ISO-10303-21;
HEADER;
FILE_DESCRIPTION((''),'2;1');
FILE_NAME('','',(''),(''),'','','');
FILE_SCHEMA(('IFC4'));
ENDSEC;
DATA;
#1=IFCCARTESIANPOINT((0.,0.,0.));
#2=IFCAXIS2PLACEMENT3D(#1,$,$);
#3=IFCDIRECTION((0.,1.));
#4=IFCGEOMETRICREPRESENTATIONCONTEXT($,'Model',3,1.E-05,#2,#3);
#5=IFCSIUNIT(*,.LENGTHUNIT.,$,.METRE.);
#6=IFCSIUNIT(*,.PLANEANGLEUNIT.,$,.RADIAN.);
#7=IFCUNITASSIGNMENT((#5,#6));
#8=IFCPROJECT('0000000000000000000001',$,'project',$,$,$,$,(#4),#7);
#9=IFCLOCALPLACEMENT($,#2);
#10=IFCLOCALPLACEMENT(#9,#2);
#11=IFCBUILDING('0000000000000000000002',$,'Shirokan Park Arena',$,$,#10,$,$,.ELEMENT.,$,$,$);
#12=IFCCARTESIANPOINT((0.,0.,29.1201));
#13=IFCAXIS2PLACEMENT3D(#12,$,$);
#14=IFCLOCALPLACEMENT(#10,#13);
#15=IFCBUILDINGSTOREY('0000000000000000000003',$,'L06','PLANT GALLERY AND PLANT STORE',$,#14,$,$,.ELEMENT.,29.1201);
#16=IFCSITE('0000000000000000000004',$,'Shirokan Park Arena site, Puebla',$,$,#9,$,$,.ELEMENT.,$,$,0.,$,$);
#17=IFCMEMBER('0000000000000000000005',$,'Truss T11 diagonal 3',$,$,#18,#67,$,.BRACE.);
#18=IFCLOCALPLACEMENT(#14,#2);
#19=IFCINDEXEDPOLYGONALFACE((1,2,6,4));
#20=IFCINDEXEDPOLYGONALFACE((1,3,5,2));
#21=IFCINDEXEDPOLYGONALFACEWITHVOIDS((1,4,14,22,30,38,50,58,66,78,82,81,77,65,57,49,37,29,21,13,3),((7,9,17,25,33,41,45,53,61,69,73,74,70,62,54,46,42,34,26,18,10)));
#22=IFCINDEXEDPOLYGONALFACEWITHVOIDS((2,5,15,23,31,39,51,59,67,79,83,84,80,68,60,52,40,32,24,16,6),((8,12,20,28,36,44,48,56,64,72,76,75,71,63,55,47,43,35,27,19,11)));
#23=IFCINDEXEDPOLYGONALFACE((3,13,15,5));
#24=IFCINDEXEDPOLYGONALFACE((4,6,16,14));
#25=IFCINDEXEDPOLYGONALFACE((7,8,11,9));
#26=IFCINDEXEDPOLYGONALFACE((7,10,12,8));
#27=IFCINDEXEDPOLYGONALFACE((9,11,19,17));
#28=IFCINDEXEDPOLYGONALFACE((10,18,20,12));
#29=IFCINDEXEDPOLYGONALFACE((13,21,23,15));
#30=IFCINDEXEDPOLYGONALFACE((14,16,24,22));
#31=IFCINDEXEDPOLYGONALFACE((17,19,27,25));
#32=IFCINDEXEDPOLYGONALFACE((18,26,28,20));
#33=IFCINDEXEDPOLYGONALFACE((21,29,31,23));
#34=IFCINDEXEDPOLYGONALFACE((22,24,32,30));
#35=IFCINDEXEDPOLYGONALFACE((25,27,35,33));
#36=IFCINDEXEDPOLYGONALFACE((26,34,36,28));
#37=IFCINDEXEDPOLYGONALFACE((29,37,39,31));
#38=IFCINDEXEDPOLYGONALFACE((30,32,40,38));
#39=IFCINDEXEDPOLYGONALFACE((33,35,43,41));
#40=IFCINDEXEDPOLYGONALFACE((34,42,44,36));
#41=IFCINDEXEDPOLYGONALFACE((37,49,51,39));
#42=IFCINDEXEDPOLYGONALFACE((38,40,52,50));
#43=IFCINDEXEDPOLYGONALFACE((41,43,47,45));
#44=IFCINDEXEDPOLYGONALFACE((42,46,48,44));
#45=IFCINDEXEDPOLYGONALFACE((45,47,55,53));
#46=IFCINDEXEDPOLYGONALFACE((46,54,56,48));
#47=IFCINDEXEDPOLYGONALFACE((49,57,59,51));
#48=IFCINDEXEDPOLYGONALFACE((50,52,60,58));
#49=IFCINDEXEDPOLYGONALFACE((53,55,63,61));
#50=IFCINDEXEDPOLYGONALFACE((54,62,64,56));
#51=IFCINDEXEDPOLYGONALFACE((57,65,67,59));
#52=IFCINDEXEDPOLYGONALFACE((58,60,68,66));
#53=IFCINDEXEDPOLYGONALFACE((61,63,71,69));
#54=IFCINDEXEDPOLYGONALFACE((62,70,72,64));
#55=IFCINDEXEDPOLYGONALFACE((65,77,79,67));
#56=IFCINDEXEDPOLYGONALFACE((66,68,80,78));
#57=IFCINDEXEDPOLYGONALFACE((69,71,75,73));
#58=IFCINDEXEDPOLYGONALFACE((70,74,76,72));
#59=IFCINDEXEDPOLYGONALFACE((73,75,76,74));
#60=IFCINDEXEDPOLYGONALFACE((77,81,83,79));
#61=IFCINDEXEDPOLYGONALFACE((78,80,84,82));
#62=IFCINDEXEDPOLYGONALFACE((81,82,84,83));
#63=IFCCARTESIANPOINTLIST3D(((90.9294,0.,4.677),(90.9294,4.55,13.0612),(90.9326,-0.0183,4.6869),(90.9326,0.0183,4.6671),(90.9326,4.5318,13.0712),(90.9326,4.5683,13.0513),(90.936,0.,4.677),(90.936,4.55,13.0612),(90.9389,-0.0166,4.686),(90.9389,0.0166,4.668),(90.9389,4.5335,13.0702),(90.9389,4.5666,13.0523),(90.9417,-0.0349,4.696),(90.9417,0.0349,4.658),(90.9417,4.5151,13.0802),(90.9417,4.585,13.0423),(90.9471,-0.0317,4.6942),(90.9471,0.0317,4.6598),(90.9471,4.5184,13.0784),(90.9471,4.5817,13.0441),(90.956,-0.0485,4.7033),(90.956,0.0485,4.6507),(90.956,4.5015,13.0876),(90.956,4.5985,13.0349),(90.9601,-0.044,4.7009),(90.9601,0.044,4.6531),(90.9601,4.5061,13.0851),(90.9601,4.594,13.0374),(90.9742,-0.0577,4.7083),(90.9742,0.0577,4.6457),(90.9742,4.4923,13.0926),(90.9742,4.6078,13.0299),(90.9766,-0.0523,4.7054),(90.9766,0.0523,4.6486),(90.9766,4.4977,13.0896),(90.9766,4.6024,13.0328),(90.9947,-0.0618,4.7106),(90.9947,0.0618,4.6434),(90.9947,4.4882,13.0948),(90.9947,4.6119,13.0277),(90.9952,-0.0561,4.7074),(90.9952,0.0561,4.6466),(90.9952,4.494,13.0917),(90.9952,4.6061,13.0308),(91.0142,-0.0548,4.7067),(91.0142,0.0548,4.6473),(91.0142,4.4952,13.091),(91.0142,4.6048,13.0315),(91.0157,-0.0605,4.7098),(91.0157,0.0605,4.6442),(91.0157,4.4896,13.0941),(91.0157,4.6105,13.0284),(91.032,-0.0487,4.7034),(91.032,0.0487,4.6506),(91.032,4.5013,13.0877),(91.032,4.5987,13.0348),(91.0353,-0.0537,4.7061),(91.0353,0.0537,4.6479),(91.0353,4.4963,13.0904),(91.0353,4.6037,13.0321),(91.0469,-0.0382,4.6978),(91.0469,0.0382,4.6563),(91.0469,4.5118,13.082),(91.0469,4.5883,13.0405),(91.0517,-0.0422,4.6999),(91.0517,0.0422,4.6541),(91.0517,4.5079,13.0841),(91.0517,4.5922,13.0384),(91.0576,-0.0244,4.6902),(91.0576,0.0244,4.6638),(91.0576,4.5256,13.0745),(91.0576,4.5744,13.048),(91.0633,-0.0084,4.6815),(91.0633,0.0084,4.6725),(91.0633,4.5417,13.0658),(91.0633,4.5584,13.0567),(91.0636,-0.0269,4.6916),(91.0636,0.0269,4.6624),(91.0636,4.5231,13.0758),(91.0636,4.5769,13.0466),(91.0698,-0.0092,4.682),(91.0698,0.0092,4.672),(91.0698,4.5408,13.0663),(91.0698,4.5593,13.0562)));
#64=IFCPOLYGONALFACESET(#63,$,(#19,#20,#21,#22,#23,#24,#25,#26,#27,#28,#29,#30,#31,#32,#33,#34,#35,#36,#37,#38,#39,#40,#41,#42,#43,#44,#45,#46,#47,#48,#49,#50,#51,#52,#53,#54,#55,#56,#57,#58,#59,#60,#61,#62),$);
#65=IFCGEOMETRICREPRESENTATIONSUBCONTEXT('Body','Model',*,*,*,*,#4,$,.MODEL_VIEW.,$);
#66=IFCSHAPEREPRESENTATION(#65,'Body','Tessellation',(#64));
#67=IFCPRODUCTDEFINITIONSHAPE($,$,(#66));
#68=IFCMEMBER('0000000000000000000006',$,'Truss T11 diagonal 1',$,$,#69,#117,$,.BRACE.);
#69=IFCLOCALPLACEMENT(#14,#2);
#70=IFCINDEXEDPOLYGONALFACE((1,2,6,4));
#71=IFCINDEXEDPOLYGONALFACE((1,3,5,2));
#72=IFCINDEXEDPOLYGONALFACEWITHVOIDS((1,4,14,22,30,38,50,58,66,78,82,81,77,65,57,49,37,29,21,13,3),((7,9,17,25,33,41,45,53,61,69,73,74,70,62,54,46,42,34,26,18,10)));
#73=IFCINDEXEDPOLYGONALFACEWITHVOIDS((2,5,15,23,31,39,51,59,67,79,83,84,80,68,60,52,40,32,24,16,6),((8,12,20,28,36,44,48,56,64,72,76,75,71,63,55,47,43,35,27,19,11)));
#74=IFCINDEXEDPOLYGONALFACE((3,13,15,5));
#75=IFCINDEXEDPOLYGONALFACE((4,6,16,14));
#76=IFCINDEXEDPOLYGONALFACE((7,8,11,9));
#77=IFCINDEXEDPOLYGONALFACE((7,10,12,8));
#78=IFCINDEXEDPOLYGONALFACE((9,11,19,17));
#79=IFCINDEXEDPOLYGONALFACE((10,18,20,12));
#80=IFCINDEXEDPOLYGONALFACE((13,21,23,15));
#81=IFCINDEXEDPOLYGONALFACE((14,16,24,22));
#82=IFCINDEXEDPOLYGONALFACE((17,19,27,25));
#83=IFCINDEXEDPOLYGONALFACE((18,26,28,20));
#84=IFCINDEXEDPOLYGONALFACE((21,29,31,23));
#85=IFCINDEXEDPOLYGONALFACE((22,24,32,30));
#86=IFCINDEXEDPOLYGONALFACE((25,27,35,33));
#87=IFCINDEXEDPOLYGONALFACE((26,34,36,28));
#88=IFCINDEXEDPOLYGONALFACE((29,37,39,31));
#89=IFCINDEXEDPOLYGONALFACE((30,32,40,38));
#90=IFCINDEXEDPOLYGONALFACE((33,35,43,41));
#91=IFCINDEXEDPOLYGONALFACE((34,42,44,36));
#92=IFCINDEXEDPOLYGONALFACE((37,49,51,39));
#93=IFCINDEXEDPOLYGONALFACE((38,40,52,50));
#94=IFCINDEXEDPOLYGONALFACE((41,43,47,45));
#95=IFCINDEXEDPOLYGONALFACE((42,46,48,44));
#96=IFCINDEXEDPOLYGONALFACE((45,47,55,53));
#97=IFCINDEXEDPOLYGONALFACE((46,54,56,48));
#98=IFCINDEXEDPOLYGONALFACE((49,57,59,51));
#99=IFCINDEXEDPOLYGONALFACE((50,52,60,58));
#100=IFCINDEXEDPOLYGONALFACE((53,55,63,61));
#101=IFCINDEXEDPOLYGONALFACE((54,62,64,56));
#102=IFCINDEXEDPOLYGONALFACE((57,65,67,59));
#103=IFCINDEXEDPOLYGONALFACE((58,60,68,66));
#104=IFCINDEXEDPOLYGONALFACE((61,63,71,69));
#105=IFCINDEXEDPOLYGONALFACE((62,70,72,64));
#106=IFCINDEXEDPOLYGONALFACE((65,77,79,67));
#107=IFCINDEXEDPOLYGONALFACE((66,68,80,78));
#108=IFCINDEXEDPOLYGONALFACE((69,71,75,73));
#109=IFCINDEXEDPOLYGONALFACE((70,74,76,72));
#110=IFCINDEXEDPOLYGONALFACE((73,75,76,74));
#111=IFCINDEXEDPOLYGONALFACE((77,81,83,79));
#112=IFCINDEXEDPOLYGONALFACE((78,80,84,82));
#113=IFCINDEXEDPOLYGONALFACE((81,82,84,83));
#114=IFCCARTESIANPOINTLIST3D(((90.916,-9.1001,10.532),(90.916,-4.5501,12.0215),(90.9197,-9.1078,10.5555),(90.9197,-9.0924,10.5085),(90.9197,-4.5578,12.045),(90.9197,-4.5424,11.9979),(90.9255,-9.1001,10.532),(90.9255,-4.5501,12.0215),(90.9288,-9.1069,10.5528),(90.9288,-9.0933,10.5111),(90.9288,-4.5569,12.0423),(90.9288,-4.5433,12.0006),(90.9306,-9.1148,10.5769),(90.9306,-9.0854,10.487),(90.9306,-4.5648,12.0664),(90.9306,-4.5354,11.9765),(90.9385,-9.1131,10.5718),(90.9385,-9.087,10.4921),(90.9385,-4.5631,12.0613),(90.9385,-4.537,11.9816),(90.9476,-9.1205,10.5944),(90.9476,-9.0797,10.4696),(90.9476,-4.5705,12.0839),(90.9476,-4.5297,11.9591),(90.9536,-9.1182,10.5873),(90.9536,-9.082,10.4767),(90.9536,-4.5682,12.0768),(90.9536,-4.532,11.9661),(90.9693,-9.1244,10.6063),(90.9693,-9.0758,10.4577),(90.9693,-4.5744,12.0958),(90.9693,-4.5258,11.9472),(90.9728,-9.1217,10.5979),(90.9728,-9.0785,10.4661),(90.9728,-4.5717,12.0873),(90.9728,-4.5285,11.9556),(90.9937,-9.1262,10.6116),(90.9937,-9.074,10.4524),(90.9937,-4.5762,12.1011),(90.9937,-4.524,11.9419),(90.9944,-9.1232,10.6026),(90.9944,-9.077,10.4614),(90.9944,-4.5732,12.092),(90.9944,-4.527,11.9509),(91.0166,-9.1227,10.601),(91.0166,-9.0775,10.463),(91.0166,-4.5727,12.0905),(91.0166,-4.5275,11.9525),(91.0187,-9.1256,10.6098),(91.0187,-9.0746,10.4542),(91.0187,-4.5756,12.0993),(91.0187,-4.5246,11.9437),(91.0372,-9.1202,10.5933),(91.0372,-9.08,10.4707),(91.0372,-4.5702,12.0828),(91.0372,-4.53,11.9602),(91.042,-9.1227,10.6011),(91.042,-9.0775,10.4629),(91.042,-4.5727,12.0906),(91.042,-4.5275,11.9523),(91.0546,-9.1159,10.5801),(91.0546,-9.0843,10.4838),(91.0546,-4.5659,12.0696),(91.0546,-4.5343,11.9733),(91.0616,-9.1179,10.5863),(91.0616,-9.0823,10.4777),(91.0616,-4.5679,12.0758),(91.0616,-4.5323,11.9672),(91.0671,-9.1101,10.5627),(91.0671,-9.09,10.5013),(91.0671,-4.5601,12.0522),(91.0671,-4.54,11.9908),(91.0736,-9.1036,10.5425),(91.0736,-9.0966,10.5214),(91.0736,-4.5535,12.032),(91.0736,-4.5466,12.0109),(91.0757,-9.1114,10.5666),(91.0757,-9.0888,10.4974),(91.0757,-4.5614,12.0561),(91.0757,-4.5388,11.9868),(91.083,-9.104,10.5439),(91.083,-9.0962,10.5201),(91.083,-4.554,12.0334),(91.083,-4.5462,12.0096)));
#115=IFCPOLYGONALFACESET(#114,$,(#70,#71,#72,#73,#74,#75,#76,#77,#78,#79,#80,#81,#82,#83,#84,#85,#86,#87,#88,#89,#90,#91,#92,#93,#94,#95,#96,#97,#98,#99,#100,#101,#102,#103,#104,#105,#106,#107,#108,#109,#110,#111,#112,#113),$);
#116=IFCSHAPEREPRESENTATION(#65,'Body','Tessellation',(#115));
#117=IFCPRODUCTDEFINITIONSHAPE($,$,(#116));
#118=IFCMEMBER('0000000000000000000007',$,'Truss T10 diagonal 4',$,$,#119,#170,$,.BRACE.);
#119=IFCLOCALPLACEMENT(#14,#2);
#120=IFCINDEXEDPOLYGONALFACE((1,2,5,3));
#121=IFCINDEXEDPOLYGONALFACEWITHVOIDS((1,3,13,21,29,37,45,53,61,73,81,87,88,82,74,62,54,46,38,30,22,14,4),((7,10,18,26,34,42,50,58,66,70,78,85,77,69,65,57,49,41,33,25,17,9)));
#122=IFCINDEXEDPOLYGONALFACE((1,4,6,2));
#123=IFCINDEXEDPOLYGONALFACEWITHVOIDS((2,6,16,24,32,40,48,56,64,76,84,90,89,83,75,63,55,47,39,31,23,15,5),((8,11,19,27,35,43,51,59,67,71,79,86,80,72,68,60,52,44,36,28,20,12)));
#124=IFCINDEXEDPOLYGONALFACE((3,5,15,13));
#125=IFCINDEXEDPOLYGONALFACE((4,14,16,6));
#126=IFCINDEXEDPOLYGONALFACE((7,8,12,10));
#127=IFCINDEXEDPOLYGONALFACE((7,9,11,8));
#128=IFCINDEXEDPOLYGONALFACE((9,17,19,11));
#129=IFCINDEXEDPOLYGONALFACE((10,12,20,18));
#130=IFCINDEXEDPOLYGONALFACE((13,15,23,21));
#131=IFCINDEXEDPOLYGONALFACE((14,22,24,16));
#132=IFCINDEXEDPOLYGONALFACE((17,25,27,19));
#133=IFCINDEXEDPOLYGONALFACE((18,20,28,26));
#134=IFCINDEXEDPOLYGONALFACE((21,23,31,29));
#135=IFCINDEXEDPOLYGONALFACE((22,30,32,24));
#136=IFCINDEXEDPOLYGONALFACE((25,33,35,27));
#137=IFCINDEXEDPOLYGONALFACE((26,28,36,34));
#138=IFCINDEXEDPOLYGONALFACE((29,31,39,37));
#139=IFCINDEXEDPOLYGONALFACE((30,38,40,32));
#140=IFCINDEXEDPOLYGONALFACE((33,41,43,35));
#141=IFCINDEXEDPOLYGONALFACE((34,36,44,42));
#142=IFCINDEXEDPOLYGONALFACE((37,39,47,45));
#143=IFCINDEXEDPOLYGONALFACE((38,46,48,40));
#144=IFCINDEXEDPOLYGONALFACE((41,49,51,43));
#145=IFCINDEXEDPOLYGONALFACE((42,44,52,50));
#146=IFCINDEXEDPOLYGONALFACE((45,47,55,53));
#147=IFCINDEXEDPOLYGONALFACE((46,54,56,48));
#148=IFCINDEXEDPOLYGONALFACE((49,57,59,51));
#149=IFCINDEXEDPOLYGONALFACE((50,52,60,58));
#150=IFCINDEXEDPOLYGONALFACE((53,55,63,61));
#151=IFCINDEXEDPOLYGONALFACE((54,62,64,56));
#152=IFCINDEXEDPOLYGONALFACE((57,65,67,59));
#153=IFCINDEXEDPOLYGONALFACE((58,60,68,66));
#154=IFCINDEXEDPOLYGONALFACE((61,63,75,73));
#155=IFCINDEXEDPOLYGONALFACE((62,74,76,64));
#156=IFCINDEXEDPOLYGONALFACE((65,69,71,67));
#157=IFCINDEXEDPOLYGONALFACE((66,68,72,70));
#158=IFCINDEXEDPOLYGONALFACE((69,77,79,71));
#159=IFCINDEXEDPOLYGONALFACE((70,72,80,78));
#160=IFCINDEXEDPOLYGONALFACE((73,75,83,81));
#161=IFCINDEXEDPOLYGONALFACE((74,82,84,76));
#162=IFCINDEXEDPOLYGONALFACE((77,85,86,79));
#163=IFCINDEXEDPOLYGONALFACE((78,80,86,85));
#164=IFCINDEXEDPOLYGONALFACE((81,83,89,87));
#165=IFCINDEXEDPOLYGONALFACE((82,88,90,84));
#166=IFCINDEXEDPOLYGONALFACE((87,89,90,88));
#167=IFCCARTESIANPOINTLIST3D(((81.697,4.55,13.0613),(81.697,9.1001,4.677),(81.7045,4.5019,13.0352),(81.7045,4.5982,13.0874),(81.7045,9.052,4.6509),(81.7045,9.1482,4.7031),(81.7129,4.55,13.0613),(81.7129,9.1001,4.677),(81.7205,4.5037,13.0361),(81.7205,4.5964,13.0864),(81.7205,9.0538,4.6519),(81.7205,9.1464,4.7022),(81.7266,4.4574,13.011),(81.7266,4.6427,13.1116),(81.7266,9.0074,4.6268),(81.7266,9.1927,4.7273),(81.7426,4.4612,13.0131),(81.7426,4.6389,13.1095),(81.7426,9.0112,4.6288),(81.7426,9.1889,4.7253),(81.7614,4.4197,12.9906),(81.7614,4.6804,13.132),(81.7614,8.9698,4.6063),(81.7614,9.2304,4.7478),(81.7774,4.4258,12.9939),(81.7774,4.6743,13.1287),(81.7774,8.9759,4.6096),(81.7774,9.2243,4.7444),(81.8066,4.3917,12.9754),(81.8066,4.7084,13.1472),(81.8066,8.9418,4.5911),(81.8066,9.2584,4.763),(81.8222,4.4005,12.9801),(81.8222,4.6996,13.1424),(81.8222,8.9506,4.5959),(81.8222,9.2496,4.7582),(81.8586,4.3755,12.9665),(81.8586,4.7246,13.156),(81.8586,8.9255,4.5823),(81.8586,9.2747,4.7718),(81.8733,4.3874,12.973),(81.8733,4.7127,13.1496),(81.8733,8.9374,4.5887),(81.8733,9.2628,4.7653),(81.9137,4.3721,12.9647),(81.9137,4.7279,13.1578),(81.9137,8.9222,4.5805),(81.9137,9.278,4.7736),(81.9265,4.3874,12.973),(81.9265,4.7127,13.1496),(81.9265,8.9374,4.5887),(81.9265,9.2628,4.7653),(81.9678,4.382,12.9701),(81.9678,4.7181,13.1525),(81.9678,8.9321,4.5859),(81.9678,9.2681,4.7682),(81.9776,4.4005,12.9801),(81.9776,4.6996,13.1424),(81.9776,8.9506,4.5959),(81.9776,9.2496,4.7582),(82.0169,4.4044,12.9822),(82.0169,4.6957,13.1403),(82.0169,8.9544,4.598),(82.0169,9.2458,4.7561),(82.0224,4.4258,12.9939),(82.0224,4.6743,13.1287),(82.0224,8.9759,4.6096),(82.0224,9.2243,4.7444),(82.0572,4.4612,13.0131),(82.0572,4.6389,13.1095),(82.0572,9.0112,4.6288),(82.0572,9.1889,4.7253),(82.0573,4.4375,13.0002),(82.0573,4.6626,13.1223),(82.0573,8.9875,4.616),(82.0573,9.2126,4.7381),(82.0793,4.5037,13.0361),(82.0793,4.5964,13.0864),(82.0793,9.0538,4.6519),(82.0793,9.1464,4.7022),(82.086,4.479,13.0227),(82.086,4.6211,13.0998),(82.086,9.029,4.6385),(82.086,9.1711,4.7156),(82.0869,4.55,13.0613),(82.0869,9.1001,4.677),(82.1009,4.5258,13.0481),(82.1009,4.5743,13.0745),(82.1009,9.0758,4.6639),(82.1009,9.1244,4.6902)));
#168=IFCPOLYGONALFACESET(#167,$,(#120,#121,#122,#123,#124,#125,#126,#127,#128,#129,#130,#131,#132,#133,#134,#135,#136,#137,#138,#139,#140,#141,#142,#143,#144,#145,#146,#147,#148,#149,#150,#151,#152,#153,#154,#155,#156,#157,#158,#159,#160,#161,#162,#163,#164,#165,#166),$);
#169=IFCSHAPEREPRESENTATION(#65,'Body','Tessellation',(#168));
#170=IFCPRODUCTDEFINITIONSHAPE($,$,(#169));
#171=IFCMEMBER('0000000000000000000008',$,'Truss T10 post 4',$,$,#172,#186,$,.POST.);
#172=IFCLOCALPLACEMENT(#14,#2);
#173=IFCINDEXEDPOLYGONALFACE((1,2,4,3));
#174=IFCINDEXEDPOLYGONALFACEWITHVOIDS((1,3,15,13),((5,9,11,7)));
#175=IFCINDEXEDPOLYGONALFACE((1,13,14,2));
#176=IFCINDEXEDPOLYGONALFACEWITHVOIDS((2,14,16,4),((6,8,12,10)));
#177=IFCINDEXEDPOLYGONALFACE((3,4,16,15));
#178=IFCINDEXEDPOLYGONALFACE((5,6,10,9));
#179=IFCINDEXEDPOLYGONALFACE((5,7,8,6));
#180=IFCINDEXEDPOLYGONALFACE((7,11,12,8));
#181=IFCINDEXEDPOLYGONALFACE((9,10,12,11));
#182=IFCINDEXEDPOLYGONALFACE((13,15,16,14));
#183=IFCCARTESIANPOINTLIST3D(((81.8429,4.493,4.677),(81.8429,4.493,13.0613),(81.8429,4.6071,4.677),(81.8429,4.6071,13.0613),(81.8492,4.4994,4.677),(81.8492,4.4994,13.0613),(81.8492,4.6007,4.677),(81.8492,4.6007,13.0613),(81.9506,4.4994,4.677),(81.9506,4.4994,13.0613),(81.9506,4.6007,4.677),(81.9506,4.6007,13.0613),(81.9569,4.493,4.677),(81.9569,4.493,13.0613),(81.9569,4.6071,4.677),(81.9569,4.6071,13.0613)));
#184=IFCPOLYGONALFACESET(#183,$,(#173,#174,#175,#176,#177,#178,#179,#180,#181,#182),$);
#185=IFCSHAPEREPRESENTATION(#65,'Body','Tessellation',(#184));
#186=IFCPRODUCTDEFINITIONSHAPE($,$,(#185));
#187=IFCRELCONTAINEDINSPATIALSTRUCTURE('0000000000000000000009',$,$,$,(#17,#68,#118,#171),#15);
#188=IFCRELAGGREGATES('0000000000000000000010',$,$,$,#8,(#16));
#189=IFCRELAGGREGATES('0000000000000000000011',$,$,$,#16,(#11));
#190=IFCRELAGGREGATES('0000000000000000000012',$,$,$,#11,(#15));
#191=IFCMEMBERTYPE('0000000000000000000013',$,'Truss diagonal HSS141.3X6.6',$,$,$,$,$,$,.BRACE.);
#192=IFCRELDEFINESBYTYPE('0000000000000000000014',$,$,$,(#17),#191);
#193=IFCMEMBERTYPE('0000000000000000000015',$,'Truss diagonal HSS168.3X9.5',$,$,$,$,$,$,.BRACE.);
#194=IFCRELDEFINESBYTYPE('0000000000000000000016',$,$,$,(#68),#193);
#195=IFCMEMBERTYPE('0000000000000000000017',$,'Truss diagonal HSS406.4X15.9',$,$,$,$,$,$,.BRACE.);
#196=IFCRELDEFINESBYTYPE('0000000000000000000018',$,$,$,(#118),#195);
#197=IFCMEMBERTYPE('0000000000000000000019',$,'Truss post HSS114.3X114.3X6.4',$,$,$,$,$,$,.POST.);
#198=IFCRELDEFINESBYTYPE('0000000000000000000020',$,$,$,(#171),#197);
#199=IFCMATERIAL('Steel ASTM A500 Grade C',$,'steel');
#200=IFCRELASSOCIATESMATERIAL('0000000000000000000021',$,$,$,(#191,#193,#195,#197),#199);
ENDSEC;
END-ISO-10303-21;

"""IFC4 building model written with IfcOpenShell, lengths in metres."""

from ifc_helpers import new_model, si_unit, direction, frame, origin, origin_2d, place, context, subcontext, project, spatial, hollow_rectangle, hollow_circle, extrude, material, material_profile, profile_set, type_object, element, save


model = new_model("IFC4")

# Units and contexts
model_context = context("Model", 3, precision=1e-05, world=origin(), true_north=direction((0.0, 1.0)))
body_context = subcontext(model_context, "Body", "Model", "MODEL_VIEW")
ifc_project = project(units=[si_unit("LENGTHUNIT", "METRE"), si_unit("PLANEANGLEUNIT", "RADIAN")], contexts=[model_context])

# Site, building, storey
site_placement = place(None, origin())
site = spatial("IfcSite", under=ifc_project, at=site_placement, Name="Shirokan Park Arena site, Puebla", CompositionType="ELEMENT", RefElevation=0.0)
building_placement = place(site_placement, origin())
building = spatial("IfcBuilding", under=site, at=building_placement, Name="Shirokan Park Arena", CompositionType="ELEMENT")
storey_placement = place(building_placement, frame((0.0, 0.0, 29.1201)))
storey = spatial("IfcBuildingStorey", under=building, at=storey_placement, Name="L06", Description="PLANT GALLERY AND PLANT STORE", CompositionType="ELEMENT", Elevation=29.1201)

# Shared definitions
ifc_material_1 = material(Name="Steel ASTM A500 Grade C", Category="steel")

# Members
ifc_material_profile_1 = material_profile(ifc_material_1, hollow_circle(Radius=0.0706, WallThickness=0.0066, at=origin_2d()), Name="HSS141.3X6.6")
ifc_profile_set_1 = profile_set([ifc_material_profile_1], Name="Steel ASTM A500 Grade C")
member_type_1 = type_object("IfcMemberType", Name="Truss diagonal HSS141.3X6.6", PredefinedType="BRACE", material=ifc_profile_set_1)
member_1_placement = place(storey_placement, frame((91.0, 0.0, 4.677), z_axis=(0.0, 0.476977, 0.878916), x_axis=(-1.0, 0.0, 0.0)))
element("IfcMember", 1, at=member_1_placement, inside=storey, type_object=member_type_1, Name="Truss T11 diagonal 3", PredefinedType="BRACE", context=body_context, shape_type="SweptSolid", body=[
    extrude(hollow_circle(Radius=0.0706, WallThickness=0.0066, at=origin_2d()), origin(), (0.0, 0.0, 1.0), 9.5393),
])
ifc_material_profile_2 = material_profile(ifc_material_1, hollow_circle(Radius=0.084, WallThickness=0.0095, at=origin_2d()), Name="HSS168.3X9.5")
ifc_profile_set_2 = profile_set([ifc_material_profile_2], Name="Steel ASTM A500 Grade C")
member_type_2 = type_object("IfcMemberType", Name="Truss diagonal HSS168.3X9.5", PredefinedType="BRACE", material=ifc_profile_set_2)
member_2_placement = place(storey_placement, frame((91.0, -9.1001, 10.532), z_axis=(0.0, 0.950373, 0.311114), x_axis=(-1.0, 0.0, 0.0)))
element("IfcMember", 2, at=member_2_placement, inside=storey, type_object=member_type_2, Name="Truss T11 diagonal 1", PredefinedType="BRACE", context=body_context, shape_type="SweptSolid", body=[
    extrude(hollow_circle(Radius=0.084, WallThickness=0.0095, at=origin_2d()), origin(), (0.0, 0.0, 1.0), 4.7876),
])
ifc_material_profile_3 = material_profile(ifc_material_1, hollow_circle(Radius=0.2029, WallThickness=0.0159, at=origin_2d()), Name="HSS406.4X15.9")
ifc_profile_set_3 = profile_set([ifc_material_profile_3], Name="Steel ASTM A500 Grade C")
member_type_3 = type_object("IfcMemberType", Name="Truss diagonal HSS406.4X15.9", PredefinedType="BRACE", material=ifc_profile_set_3)
member_3_placement = place(storey_placement, frame((81.8999, 4.55, 13.0613), z_axis=(0.0, 0.476977, -0.878916), x_axis=(-1.0, 0.0, 0.0)))
element("IfcMember", 3, at=member_3_placement, inside=storey, type_object=member_type_3, Name="Truss T10 diagonal 4", PredefinedType="BRACE", context=body_context, shape_type="SweptSolid", body=[
    extrude(hollow_circle(Radius=0.2029, WallThickness=0.0159, at=origin_2d()), origin(), (0.0, 0.0, 1.0), 9.5393),
])
ifc_material_profile_4 = material_profile(ifc_material_1, hollow_rectangle(XDim=0.114, YDim=0.114, WallThickness=0.0063, at=origin_2d()), Name="HSS114.3X114.3X6.4")
ifc_profile_set_4 = profile_set([ifc_material_profile_4], Name="Steel ASTM A500 Grade C")
member_type_4 = type_object("IfcMemberType", Name="Truss post HSS114.3X114.3X6.4", PredefinedType="POST", material=ifc_profile_set_4)
member_4_placement = place(storey_placement, frame((81.8999, 4.55, 4.677), z_axis=(0.0, 0.0, 1.0), x_axis=(1.0, 0.0, 0.0)))
element("IfcMember", 4, at=member_4_placement, inside=storey, type_object=member_type_4, Name="Truss T10 post 4", PredefinedType="POST", context=body_context, shape_type="SweptSolid", body=[
    extrude(hollow_rectangle(XDim=0.114, YDim=0.114, WallThickness=0.0063, at=origin_2d()), origin(), (0.0, 0.0, 1.0), 8.3843),
])

save(model, "model.ifc")
